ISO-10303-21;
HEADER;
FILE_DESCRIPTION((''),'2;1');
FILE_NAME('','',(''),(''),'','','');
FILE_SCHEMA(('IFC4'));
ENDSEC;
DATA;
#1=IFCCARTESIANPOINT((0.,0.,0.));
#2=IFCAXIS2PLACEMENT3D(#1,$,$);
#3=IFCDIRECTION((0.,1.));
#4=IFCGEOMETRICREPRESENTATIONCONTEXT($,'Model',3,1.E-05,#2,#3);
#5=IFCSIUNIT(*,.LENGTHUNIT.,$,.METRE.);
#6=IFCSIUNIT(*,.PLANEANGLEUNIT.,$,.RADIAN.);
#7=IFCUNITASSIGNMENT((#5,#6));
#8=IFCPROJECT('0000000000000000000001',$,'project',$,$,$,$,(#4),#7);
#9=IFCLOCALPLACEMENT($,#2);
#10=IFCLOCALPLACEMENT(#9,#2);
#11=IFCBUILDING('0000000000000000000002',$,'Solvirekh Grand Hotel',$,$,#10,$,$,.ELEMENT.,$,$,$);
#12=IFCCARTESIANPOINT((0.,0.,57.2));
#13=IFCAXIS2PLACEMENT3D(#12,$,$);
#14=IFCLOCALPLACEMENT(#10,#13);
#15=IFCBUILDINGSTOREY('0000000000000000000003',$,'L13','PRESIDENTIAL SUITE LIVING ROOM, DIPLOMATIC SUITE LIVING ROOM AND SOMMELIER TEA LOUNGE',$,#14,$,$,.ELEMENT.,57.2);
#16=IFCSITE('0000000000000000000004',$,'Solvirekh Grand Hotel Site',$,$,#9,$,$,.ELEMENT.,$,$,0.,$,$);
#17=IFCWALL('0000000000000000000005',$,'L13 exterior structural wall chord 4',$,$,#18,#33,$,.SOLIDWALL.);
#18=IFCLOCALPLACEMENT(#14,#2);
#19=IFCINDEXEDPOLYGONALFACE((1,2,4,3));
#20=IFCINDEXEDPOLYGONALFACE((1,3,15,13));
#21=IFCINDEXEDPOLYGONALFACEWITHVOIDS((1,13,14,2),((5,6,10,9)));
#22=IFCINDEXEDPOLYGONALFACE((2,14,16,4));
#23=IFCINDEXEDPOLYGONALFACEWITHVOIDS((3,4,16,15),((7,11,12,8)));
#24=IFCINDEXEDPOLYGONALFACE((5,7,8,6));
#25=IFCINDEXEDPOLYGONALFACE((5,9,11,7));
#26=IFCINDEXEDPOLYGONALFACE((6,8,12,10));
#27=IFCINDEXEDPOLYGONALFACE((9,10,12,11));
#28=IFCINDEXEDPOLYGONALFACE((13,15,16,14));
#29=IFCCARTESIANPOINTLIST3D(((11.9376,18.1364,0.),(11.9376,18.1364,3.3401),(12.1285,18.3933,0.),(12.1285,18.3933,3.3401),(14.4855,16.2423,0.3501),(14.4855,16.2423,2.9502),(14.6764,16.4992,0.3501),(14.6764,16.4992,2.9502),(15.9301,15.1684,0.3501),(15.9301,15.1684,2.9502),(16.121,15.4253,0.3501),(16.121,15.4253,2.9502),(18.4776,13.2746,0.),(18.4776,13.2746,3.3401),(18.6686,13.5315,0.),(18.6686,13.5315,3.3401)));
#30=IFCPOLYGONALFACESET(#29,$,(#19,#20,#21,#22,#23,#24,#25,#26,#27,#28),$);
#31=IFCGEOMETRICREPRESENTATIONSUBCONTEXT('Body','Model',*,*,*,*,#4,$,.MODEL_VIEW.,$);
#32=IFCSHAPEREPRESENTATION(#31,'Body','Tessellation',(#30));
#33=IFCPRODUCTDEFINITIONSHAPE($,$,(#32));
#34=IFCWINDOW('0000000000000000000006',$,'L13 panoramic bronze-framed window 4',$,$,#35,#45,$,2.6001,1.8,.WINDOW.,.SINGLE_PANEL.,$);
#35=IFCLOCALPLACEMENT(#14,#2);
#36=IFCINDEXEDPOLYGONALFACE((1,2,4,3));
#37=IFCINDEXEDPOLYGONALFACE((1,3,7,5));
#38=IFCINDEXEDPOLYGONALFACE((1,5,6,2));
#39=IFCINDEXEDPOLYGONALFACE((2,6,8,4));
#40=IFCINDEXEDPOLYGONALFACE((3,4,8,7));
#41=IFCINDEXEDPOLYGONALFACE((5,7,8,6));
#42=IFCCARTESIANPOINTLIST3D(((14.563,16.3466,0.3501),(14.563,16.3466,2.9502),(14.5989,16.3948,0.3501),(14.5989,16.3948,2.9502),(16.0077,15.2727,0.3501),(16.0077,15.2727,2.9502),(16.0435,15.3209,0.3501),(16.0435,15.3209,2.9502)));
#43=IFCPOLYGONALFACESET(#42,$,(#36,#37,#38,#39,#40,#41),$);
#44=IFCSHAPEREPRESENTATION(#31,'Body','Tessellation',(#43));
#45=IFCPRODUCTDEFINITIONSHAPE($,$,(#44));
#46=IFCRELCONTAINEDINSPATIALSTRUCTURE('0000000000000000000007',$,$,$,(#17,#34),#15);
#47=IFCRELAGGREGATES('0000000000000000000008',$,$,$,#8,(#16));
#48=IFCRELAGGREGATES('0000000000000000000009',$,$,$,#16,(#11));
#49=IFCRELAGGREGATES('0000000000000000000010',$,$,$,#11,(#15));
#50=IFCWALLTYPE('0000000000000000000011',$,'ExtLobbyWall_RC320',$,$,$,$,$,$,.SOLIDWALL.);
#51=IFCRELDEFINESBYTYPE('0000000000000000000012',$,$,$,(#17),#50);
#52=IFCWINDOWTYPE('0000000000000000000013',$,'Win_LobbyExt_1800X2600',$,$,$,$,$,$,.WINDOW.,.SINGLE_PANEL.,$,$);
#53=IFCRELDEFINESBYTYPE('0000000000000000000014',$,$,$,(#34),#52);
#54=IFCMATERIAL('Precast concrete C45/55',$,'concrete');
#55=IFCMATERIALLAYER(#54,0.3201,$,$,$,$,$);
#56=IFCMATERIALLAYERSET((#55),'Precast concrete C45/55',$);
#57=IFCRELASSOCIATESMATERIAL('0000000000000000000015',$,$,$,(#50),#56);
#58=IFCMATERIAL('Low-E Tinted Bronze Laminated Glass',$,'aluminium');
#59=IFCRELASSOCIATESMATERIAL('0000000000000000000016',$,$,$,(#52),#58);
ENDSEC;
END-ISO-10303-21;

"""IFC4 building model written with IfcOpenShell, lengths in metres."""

from ifc_helpers import new_model, si_unit, direction, frame, frame_2d, origin, place, context, subcontext, project, spatial, rectangle, extrude, material, layer, layer_set, type_object, element, fill, save


model = new_model("IFC4")

# Units and contexts
model_context = context("Model", 3, precision=1e-05, world=origin(), true_north=direction((0.0, 1.0)))
body_context = subcontext(model_context, "Body", "Model", "MODEL_VIEW")
ifc_project = project(units=[si_unit("LENGTHUNIT", "METRE"), si_unit("PLANEANGLEUNIT", "RADIAN")], contexts=[model_context])

# Site, building, storey
site_placement = place(None, origin())
site = spatial("IfcSite", under=ifc_project, at=site_placement, Name="Solvirekh Grand Hotel Site", CompositionType="ELEMENT", RefElevation=0.0)
building_placement = place(site_placement, origin())
building = spatial("IfcBuilding", under=site, at=building_placement, Name="Solvirekh Grand Hotel", CompositionType="ELEMENT")
storey_placement = place(building_placement, frame((0.0, 0.0, 57.2)))
storey = spatial("IfcBuildingStorey", under=building, at=storey_placement, Name="L13", Description="PRESIDENTIAL SUITE LIVING ROOM, DIPLOMATIC SUITE LIVING ROOM AND SOMMELIER TEA LOUNGE", CompositionType="ELEMENT", Elevation=57.2)

# Shared definitions
ifc_material_1 = material(Name="Low-E Tinted Bronze Laminated Glass", Category="aluminium")

# Wall, opening, window
ifc_material_2 = material(Name="Precast concrete C45/55", Category="concrete")
ifc_layer_1 = layer(ifc_material_2, 0.3201)
ifc_layer_set_1 = layer_set([ifc_layer_1], Name="Precast concrete C45/55")
wall_type = type_object("IfcWallType", Name="ExtLobbyWall_RC320", PredefinedType="SOLIDWALL", material=ifc_layer_set_1)
wall_placement = place(storey_placement, frame((12.033, 18.2649, 0.0), z_axis=(0.0, 0.0, 1.0), x_axis=(0.802538, -0.596601, 0.0)))
wall = element("IfcWall", 1, at=wall_placement, inside=storey, type_object=wall_type, Name="L13 exterior structural wall chord 4", PredefinedType="SOLIDWALL", context=body_context, shape_type="SweptSolid", body=[
    extrude(rectangle(XDim=8.1492, YDim=0.3201, at=frame_2d((4.0747, 0.0))), origin(), (0.0, 0.0, 1.0), 3.3401),
])
opening_placement = place(wall_placement, frame((3.175, 0.0, 0.3501)))
opening = element("IfcOpeningElement", 2, at=opening_placement, cuts=wall, PredefinedType="OPENING", context=body_context, shape_type="SweptSolid", body=[
    extrude(rectangle(XDim=1.8, YDim=2.6001, at=frame_2d((0.8999, 1.3))), frame((0.0, 0.1699, 0.0), z_axis=(0.0, -1.0, 0.0), x_axis=(1.0, 0.0, 0.0)), (0.0, 0.0, 1.0), 0.3401),
])
window_type = type_object("IfcWindowType", Name="Win_LobbyExt_1800X2600", PartitioningType="SINGLE_PANEL", PredefinedType="WINDOW", material=ifc_material_1)
window_placement = place(opening_placement, origin())
window = element("IfcWindow", 3, at=window_placement, inside=storey, type_object=window_type, Name="L13 panoramic bronze-framed window 4", OverallHeight=2.6001, OverallWidth=1.8, PartitioningType="SINGLE_PANEL", PredefinedType="WINDOW", context=body_context, shape_type="SweptSolid", body=[
    extrude(rectangle(XDim=1.8, YDim=2.6001, at=frame_2d((0.8999, 1.3))), frame((0.0, 0.03, 0.0), z_axis=(0.0, -1.0, 0.0), x_axis=(1.0, 0.0, 0.0)), (0.0, 0.0, 1.0), 0.0601),
])
fill(opening, window)

save(model, "model.ifc")
